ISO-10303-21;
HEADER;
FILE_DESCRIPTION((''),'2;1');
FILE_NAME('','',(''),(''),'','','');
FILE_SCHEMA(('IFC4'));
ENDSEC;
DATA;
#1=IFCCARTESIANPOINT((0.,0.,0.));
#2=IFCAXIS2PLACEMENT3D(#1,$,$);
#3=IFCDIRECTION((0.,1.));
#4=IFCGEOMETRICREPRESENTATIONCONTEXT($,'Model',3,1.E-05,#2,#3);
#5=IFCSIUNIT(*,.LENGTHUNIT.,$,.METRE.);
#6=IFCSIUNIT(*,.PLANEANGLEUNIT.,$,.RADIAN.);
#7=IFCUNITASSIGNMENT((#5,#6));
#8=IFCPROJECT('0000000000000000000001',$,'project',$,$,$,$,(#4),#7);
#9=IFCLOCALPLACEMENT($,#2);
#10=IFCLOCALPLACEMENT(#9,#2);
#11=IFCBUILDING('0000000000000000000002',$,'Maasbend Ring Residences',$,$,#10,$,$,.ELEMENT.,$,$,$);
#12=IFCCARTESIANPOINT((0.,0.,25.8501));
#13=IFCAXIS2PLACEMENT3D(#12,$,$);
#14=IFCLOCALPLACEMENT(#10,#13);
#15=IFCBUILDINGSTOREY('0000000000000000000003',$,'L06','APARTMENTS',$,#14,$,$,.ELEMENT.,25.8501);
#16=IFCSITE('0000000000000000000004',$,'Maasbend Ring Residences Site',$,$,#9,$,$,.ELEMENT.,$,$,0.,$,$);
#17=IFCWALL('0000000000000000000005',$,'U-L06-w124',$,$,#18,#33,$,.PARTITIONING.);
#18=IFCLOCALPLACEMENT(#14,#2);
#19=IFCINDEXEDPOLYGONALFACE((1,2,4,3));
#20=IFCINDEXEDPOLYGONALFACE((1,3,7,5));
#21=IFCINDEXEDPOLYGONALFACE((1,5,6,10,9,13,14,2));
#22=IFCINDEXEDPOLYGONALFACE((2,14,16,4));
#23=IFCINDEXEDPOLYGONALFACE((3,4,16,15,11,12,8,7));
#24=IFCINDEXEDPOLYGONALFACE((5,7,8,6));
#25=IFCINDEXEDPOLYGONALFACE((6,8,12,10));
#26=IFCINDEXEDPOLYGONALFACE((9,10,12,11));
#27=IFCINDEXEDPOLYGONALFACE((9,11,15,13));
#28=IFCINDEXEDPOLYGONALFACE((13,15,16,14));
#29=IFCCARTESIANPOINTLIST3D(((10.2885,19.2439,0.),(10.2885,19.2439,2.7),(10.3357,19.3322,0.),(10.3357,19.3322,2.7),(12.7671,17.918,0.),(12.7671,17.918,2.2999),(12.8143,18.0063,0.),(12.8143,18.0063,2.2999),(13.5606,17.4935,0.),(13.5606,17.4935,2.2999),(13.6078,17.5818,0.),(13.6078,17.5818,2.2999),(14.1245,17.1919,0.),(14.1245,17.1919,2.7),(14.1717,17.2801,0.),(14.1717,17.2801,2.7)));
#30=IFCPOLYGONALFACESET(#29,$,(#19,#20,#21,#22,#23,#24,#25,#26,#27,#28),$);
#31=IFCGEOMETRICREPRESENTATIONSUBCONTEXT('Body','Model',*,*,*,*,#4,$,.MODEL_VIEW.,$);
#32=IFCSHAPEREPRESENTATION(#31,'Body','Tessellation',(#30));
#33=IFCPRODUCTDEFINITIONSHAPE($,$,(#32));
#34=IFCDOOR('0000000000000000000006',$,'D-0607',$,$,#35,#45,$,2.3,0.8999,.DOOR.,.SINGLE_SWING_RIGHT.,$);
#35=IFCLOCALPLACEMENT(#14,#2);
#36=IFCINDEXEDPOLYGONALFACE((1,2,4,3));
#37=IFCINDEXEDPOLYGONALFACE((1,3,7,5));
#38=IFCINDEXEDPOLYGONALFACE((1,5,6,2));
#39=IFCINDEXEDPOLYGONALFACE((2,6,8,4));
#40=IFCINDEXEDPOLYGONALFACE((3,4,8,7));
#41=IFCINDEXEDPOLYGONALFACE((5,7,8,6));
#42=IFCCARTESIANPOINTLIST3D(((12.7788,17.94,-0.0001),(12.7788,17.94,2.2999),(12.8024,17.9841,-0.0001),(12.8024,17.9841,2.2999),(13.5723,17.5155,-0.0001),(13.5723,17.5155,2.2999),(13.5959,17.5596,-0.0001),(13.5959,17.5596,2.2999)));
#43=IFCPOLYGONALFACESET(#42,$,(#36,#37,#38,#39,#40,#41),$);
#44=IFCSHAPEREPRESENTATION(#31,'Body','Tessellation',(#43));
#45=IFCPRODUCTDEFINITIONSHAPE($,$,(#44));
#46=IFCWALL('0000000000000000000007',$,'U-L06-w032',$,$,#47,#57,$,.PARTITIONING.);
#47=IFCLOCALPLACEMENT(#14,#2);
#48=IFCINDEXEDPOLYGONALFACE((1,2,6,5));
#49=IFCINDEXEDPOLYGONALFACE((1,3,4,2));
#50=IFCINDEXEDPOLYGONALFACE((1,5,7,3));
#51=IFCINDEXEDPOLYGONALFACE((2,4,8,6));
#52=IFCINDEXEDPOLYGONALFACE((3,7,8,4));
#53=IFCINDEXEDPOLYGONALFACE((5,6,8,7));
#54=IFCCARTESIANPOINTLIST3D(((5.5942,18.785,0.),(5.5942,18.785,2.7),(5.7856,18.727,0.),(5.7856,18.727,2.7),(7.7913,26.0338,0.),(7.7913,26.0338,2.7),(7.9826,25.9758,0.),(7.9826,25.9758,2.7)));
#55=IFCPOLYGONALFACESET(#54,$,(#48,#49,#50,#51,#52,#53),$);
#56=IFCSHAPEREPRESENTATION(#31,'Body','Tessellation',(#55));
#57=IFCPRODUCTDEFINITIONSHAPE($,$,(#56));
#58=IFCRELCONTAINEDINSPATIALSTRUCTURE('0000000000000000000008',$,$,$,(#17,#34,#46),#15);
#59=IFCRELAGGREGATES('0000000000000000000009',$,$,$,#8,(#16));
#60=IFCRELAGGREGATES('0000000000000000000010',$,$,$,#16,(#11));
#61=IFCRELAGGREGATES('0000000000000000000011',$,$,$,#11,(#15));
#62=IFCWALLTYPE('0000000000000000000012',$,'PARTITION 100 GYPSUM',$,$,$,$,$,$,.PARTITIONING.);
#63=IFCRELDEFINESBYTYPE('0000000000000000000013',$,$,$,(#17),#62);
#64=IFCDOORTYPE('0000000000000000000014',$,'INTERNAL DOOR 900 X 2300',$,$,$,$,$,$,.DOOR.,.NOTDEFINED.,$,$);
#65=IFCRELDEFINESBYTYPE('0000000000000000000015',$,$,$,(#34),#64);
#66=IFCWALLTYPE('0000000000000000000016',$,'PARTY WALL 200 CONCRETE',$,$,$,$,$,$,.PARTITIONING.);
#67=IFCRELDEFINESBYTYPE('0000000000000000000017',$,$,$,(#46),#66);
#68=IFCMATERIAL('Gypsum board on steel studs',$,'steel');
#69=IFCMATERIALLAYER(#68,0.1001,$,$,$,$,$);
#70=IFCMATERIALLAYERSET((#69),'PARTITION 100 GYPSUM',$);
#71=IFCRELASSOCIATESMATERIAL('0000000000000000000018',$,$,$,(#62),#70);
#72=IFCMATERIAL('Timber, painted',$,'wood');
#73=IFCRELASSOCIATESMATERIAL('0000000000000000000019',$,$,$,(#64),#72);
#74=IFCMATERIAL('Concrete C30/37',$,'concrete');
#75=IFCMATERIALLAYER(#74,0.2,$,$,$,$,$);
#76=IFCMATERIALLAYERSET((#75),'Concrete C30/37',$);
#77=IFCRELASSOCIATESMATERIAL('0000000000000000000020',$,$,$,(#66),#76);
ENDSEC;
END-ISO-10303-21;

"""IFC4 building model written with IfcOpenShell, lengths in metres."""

from ifc_helpers import new_model, si_unit, direction, frame, frame_2d, origin, place, context, subcontext, project, spatial, rectangle, extrude, material, layer, layer_set, type_object, element, fill, save


model = new_model("IFC4")

# Units and contexts
model_context = context("Model", 3, precision=1e-05, world=origin(), true_north=direction((0.0, 1.0)))
body_context = subcontext(model_context, "Body", "Model", "MODEL_VIEW")
ifc_project = project(units=[si_unit("LENGTHUNIT", "METRE"), si_unit("PLANEANGLEUNIT", "RADIAN")], contexts=[model_context])

# Site, building, storey
site_placement = place(None, origin())
site = spatial("IfcSite", under=ifc_project, at=site_placement, Name="Maasbend Ring Residences Site", CompositionType="ELEMENT", RefElevation=0.0)
building_placement = place(site_placement, origin())
building = spatial("IfcBuilding", under=site, at=building_placement, Name="Maasbend Ring Residences", CompositionType="ELEMENT")
storey_placement = place(building_placement, frame((0.0, 0.0, 25.8501)))
storey = spatial("IfcBuildingStorey", under=building, at=storey_placement, Name="L06", Description="APARTMENTS", CompositionType="ELEMENT", Elevation=25.8501)

# Shared definitions
ifc_material_1 = material(Name="Gypsum board on steel studs", Category="steel")
ifc_layer_1 = layer(ifc_material_1, 0.1001)
ifc_layer_set_1 = layer_set([ifc_layer_1], Name="PARTITION 100 GYPSUM")
wall_type_1 = type_object("IfcWallType", Name="PARTITION 100 GYPSUM", PredefinedType="PARTITIONING", material=ifc_layer_set_1)

# Wall, opening, door
ifc_material_2 = material(Name="Timber, painted", Category="wood")
door_type_1 = type_object("IfcDoorType", Name="INTERNAL DOOR 900 X 2300", OperationType="NOTDEFINED", PredefinedType="DOOR", material=ifc_material_2)
wall_1_placement = place(storey_placement, frame((10.312, 19.2881, 0.0), z_axis=(0.0, 0.0, 1.0), x_axis=(0.881763, -0.471692, 0.0)))
wall_1 = element("IfcWall", 1, at=wall_1_placement, inside=storey, type_object=wall_type_1, Name="U-L06-w124", PredefinedType="PARTITIONING", context=body_context, shape_type="SweptSolid", body=[
    extrude(rectangle(XDim=4.3503, YDim=0.1001, at=frame_2d((2.1753, 0.0))), origin(), (0.0, 0.0, 1.0), 2.7),
])
opening_1_placement = place(wall_1_placement, frame((2.811, 0.0, 0.0)))
opening_1 = element("IfcOpeningElement", 2, at=opening_1_placement, cuts=wall_1, PredefinedType="OPENING", context=body_context, shape_type="SweptSolid", body=[
    extrude(rectangle(XDim=0.8999, YDim=2.3, at=frame_2d((0.45, 1.1499))), frame((0.0, 0.0601, 0.0), z_axis=(0.0, -1.0, 0.0), x_axis=(1.0, 0.0, 0.0)), (0.0, 0.0, 1.0), 0.1201),
])
door_1_placement = place(opening_1_placement, origin())
door_1 = element("IfcDoor", 3, at=door_1_placement, inside=storey, type_object=door_type_1, Name="D-0607", OperationType="SINGLE_SWING_RIGHT", OverallHeight=2.3, OverallWidth=0.8999, PredefinedType="DOOR", context=body_context, shape_type="SweptSolid", body=[
    extrude(rectangle(XDim=0.8999, YDim=2.3, at=frame_2d((0.45, 1.1499))), frame((0.0, 0.0249, 0.0), z_axis=(0.0, -1.0, 0.0), x_axis=(1.0, 0.0, 0.0)), (0.0, 0.0, 1.0), 0.05),
])
fill(opening_1, door_1)

# Wall
ifc_material_3 = material(Name="Concrete C30/37", Category="concrete")
ifc_layer_2 = layer(ifc_material_3, 0.2)
ifc_layer_set_2 = layer_set([ifc_layer_2], Name="Concrete C30/37")
wall_type_2 = type_object("IfcWallType", Name="PARTY WALL 200 CONCRETE", PredefinedType="PARTITIONING", material=ifc_layer_set_2)
wall_2_placement = place(storey_placement, frame((5.6899, 18.7561, 0.0), z_axis=(0.0, 0.0, 1.0), x_axis=(0.290058, 0.957009, 0.0)))
element("IfcWall", 4, at=wall_2_placement, inside=storey, type_object=wall_type_2, Name="U-L06-w032", PredefinedType="PARTITIONING", context=body_context, shape_type="SweptSolid", body=[
    extrude(rectangle(XDim=7.5745, YDim=0.2, at=frame_2d((3.7871, 0.0))), origin(), (0.0, 0.0, 1.0), 2.7),
])

save(model, "model.ifc")
